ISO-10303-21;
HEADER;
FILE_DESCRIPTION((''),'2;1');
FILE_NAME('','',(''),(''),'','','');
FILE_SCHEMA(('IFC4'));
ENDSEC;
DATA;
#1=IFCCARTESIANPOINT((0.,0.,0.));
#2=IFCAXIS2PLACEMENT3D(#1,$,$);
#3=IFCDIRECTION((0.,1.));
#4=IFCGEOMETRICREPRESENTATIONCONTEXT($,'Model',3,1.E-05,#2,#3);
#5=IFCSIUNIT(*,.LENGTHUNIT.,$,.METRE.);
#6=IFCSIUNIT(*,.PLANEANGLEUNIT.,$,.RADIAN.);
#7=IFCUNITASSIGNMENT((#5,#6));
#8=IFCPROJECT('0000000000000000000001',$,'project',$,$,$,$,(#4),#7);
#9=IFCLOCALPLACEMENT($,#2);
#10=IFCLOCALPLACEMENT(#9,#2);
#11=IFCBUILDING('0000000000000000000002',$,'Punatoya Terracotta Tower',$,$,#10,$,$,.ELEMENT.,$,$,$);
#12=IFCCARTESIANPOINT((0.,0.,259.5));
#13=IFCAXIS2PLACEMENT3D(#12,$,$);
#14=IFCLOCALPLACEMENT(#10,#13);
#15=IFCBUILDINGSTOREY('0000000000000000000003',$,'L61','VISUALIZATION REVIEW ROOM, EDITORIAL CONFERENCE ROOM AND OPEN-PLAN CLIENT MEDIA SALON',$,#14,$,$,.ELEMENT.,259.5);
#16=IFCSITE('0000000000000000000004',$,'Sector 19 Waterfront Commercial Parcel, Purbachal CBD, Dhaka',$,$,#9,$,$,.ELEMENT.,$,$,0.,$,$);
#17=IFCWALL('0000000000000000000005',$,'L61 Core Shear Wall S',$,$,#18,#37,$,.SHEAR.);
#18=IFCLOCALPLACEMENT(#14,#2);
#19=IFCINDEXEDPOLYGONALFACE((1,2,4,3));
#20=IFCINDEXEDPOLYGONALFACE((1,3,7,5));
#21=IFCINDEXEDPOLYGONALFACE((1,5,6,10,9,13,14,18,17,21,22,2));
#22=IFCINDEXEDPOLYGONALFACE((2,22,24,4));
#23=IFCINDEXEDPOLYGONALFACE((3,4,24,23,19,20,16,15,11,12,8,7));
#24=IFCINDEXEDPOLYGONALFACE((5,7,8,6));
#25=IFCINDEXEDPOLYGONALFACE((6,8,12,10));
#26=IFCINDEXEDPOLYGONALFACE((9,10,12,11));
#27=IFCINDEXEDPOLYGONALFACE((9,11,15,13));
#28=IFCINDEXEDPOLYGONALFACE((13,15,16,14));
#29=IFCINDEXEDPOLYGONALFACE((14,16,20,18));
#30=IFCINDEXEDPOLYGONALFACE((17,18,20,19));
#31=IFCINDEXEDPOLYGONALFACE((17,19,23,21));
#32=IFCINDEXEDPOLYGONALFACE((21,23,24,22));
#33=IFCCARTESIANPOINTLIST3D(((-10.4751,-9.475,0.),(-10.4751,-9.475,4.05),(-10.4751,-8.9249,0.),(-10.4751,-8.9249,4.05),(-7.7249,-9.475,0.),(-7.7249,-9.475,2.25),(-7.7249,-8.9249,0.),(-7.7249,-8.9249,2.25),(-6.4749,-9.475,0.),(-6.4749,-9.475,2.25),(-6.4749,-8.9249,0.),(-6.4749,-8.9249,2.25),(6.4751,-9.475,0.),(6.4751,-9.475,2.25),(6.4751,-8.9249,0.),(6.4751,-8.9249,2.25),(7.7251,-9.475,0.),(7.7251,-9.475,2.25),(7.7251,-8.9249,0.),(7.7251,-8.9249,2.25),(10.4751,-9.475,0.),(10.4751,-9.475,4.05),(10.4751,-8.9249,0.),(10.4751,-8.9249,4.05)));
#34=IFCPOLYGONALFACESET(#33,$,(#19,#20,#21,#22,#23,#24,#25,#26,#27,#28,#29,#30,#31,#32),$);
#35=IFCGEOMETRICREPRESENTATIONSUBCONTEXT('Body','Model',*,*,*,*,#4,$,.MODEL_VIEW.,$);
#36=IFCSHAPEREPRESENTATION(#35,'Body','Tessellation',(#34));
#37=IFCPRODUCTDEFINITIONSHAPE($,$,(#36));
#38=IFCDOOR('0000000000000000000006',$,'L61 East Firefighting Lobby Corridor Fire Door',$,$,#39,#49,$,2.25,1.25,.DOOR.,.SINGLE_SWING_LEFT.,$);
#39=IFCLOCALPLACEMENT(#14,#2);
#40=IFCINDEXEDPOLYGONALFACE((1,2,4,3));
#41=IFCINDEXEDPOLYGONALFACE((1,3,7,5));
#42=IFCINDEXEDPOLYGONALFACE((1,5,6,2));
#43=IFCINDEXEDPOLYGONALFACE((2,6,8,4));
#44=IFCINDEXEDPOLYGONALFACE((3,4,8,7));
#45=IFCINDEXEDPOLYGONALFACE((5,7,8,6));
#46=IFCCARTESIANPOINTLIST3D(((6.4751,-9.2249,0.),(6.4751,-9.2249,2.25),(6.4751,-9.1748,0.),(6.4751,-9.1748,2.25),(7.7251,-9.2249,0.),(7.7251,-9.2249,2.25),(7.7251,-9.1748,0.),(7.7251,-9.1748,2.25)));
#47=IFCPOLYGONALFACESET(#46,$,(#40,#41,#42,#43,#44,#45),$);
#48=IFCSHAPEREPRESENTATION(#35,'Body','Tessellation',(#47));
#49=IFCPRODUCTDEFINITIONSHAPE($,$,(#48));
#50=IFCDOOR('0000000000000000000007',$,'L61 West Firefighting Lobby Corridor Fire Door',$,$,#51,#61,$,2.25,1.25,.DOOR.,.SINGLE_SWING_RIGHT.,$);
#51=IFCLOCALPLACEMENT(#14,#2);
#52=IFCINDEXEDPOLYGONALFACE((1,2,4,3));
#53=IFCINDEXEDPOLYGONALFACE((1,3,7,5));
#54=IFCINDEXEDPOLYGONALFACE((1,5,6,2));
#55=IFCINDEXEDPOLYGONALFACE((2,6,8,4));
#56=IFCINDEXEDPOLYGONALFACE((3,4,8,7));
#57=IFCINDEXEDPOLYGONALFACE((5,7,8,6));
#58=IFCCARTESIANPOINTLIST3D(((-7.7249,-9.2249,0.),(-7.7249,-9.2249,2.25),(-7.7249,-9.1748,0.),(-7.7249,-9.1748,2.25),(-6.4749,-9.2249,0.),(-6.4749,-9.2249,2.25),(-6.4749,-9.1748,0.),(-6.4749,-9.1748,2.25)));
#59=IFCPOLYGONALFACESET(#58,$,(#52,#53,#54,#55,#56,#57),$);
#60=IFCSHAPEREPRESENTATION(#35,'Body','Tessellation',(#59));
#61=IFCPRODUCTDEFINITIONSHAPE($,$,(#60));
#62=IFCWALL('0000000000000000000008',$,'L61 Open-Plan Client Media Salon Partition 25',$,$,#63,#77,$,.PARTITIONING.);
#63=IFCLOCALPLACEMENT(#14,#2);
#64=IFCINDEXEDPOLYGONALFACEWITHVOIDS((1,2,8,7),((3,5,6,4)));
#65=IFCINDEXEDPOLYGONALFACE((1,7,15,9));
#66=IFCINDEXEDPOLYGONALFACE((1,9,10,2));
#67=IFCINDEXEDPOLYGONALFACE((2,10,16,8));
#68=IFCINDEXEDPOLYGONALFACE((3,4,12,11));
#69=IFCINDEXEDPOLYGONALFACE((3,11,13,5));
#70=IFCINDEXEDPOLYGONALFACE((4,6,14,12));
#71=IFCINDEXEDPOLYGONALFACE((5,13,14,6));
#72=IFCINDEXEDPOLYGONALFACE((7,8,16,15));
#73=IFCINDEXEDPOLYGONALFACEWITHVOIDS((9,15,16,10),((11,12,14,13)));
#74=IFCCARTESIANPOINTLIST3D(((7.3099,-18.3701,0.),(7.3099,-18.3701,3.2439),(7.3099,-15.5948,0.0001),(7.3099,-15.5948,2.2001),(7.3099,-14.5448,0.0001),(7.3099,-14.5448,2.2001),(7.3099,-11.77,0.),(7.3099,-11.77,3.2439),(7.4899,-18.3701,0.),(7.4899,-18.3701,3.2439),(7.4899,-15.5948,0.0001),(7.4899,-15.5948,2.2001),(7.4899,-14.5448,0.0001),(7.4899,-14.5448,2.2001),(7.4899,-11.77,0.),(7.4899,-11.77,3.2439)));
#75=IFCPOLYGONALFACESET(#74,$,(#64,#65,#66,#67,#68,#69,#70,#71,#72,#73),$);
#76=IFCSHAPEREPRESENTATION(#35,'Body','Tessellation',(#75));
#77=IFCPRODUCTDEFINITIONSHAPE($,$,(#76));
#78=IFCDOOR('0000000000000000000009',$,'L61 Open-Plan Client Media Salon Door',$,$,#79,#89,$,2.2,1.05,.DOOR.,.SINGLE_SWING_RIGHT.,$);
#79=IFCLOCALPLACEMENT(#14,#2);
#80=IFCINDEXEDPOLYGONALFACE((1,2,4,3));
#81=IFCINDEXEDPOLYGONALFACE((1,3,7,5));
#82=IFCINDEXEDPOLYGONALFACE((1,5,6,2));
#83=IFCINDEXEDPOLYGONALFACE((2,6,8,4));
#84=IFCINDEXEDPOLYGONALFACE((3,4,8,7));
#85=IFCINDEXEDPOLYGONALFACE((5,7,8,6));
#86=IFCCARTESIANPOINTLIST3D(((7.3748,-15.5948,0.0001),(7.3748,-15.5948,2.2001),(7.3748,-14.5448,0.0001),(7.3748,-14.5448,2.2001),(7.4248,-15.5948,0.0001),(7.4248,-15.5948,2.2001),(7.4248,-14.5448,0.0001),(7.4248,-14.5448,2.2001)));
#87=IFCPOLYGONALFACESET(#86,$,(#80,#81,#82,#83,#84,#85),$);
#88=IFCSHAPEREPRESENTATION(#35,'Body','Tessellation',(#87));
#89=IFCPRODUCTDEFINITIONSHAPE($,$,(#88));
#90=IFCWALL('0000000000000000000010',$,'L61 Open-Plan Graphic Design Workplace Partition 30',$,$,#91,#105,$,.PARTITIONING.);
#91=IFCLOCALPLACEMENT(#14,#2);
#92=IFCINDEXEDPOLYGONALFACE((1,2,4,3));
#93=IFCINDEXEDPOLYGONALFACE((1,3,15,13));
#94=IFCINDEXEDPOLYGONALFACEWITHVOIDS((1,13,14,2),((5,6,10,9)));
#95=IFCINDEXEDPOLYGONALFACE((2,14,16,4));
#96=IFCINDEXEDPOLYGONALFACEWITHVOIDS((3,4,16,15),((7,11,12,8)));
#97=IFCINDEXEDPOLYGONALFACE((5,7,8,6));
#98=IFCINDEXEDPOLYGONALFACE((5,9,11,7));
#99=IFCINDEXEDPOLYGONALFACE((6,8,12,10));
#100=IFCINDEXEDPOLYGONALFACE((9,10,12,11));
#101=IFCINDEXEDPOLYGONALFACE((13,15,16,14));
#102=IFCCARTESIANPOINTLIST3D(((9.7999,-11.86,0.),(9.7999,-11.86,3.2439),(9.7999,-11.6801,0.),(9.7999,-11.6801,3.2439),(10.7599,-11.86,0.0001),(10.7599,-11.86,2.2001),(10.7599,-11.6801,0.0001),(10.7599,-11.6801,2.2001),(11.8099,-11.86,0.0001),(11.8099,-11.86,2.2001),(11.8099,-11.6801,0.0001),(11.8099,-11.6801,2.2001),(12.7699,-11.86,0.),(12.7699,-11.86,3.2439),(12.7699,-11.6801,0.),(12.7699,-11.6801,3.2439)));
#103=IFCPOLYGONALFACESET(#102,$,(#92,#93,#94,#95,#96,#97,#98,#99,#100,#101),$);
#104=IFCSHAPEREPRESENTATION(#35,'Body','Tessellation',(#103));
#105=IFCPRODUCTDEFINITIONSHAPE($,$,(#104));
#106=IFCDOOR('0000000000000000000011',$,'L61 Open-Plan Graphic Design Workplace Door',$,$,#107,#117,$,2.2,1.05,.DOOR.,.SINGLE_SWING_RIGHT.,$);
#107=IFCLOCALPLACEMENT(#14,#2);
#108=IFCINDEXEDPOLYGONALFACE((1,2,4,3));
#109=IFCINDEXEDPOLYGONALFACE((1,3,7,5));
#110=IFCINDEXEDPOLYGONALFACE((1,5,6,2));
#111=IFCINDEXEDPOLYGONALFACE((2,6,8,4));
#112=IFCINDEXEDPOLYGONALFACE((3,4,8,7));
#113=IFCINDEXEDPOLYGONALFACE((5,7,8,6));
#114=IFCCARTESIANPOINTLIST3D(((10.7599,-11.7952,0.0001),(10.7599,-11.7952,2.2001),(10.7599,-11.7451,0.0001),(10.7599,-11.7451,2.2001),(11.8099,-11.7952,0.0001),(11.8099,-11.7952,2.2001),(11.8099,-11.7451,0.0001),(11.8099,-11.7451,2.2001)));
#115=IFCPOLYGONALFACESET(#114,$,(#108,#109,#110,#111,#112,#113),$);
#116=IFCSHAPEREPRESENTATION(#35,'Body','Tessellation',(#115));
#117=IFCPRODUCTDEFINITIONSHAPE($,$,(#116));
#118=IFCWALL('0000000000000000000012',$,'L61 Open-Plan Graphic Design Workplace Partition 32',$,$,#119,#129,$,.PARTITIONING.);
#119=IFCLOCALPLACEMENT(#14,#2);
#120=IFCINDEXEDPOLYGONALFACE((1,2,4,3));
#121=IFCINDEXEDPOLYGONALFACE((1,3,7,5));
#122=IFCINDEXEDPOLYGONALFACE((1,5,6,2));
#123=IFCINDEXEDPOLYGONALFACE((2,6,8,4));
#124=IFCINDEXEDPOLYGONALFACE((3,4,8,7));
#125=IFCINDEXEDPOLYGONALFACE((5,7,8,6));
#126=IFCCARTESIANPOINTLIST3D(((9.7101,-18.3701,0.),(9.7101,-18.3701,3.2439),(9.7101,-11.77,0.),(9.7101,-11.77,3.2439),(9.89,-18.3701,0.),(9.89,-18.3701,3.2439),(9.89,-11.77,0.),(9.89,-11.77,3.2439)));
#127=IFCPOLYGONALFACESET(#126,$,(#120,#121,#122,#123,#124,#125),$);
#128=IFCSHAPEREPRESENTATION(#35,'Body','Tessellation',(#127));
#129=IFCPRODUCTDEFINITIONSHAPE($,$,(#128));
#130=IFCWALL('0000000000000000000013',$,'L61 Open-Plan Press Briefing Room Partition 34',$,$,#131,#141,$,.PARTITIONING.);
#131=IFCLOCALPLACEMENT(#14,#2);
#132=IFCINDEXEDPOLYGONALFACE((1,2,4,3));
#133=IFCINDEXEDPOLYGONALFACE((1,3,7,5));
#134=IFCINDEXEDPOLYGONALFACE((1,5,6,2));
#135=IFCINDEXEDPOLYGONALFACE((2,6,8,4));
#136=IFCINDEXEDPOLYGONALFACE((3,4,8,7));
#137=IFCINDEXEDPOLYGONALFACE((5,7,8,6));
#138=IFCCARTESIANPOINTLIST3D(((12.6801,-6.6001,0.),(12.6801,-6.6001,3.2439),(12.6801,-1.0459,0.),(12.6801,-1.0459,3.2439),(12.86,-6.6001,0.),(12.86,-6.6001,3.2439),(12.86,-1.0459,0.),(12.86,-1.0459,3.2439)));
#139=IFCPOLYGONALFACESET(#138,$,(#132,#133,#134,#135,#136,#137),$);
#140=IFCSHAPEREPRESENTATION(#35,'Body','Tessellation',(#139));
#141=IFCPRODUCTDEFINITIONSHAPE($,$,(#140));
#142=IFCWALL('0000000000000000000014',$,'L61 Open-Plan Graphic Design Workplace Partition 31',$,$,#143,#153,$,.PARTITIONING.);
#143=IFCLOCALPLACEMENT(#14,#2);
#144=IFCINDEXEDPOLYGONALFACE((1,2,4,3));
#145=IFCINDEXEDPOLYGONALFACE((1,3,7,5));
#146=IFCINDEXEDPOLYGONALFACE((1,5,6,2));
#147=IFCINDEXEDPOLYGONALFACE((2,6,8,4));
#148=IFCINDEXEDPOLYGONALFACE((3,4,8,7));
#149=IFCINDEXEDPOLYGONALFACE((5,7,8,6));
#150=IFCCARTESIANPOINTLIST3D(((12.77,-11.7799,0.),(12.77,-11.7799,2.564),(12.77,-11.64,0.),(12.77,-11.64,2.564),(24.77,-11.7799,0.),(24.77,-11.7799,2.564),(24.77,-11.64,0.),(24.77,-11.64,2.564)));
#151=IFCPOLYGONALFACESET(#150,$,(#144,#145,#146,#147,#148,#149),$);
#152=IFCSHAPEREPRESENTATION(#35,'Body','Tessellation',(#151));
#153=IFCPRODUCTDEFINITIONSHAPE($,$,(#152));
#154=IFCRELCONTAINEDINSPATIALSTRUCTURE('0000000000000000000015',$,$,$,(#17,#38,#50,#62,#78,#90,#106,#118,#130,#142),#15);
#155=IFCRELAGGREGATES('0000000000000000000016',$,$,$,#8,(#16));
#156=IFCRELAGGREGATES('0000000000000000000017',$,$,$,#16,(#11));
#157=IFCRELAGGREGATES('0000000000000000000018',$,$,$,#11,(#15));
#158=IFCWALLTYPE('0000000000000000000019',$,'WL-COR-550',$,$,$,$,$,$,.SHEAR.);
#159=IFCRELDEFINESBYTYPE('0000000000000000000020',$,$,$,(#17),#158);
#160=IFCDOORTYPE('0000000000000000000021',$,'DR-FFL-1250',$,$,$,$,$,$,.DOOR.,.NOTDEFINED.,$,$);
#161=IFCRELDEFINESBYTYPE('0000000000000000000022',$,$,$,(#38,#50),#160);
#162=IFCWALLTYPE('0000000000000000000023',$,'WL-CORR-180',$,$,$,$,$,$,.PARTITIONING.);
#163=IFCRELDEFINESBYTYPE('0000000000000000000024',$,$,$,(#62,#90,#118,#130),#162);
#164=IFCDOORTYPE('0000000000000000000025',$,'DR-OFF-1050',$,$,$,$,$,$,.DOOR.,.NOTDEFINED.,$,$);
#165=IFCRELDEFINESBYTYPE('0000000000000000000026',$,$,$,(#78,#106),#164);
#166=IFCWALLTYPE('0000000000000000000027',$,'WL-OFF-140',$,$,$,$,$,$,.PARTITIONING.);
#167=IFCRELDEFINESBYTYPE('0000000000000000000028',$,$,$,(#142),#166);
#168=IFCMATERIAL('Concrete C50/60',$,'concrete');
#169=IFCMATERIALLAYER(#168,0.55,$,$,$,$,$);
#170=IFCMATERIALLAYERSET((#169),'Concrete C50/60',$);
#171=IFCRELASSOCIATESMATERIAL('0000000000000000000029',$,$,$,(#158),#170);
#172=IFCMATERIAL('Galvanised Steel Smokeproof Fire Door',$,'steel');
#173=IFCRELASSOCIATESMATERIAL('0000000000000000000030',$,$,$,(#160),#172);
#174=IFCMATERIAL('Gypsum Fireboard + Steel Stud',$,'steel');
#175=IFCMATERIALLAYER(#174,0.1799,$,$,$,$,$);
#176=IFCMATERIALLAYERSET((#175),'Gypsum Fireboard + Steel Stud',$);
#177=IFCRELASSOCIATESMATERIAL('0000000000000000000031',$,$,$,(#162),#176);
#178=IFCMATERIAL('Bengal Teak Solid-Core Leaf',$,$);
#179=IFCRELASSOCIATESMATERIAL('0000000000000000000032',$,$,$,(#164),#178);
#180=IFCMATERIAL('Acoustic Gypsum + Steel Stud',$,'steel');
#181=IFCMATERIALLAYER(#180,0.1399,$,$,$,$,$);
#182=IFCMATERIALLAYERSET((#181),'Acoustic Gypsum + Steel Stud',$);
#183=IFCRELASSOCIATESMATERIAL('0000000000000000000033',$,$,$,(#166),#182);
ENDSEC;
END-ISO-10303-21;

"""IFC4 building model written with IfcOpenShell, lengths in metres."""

from ifc_helpers import new_model, si_unit, direction, frame, frame_2d, origin, place, context, subcontext, project, spatial, rectangle, extrude, material, layer, layer_set, type_object, element, fill, save


model = new_model("IFC4")

# Units and contexts
model_context = context("Model", 3, precision=1e-05, world=origin(), true_north=direction((0.0, 1.0)))
body_context = subcontext(model_context, "Body", "Model", "MODEL_VIEW")
ifc_project = project(units=[si_unit("LENGTHUNIT", "METRE"), si_unit("PLANEANGLEUNIT", "RADIAN")], contexts=[model_context])

# Site, building, storey
site_placement = place(None, origin())
site = spatial("IfcSite", under=ifc_project, at=site_placement, Name="Sector 19 Waterfront Commercial Parcel, Purbachal CBD, Dhaka", CompositionType="ELEMENT", RefElevation=0.0)
building_placement = place(site_placement, origin())
building = spatial("IfcBuilding", under=site, at=building_placement, Name="Punatoya Terracotta Tower", CompositionType="ELEMENT")
storey_placement = place(building_placement, frame((0.0, 0.0, 259.5)))
storey = spatial("IfcBuildingStorey", under=building, at=storey_placement, Name="L61", Description="VISUALIZATION REVIEW ROOM, EDITORIAL CONFERENCE ROOM AND OPEN-PLAN CLIENT MEDIA SALON", CompositionType="ELEMENT", Elevation=259.5)

# Wall, openings, doors
ifc_material_1 = material(Name="Concrete C50/60", Category="concrete")
ifc_layer_1 = layer(ifc_material_1, 0.55)
ifc_layer_set_1 = layer_set([ifc_layer_1], Name="Concrete C50/60")
wall_type_1 = type_object("IfcWallType", Name="WL-COR-550", PredefinedType="SHEAR", material=ifc_layer_set_1)
wall_1_placement = place(storey_placement, frame((10.4751, -9.2, 0.0), z_axis=(0.0, 0.0, 1.0), x_axis=(-1.0, 0.0, 0.0)))
wall_1 = element("IfcWall", 1, at=wall_1_placement, inside=storey, type_object=wall_type_1, Name="L61 Core Shear Wall S", PredefinedType="SHEAR", context=body_context, shape_type="SweptSolid", body=[
    extrude(rectangle(XDim=20.9502, YDim=0.55, at=frame_2d((10.4751, 0.0))), origin(), (0.0, 0.0, 1.0), 4.05),
])
opening_1_placement = place(wall_1_placement, frame((2.75, 0.0, 0.0)))
opening_1 = element("IfcOpeningElement", 2, at=opening_1_placement, cuts=wall_1, PredefinedType="OPENING", context=body_context, shape_type="SweptSolid", body=[
    extrude(rectangle(XDim=1.25, YDim=2.25, at=frame_2d((0.625, 1.125))), frame((0.0, 0.2849, 0.0), z_axis=(0.0, -1.0, 0.0), x_axis=(1.0, 0.0, 0.0)), (0.0, 0.0, 1.0), 0.5701),
])
opening_2_placement = place(wall_1_placement, frame((16.95, 0.0, 0.0)))
opening_2 = element("IfcOpeningElement", 3, at=opening_2_placement, cuts=wall_1, PredefinedType="OPENING", context=body_context, shape_type="SweptSolid", body=[
    extrude(rectangle(XDim=1.25, YDim=2.25, at=frame_2d((0.625, 1.125))), frame((0.0, 0.2849, 0.0), z_axis=(0.0, -1.0, 0.0), x_axis=(1.0, 0.0, 0.0)), (0.0, 0.0, 1.0), 0.5701),
])
ifc_material_2 = material(Name="Galvanised Steel Smokeproof Fire Door", Category="steel")
door_type_1 = type_object("IfcDoorType", Name="DR-FFL-1250", OperationType="NOTDEFINED", PredefinedType="DOOR", material=ifc_material_2)
door_1_placement = place(opening_1_placement, origin())
door_1 = element("IfcDoor", 4, at=door_1_placement, inside=storey, type_object=door_type_1, Name="L61 East Firefighting Lobby Corridor Fire Door", OperationType="SINGLE_SWING_LEFT", OverallHeight=2.25, OverallWidth=1.25, PredefinedType="DOOR", context=body_context, shape_type="SweptSolid", body=[
    extrude(rectangle(XDim=1.25, YDim=2.25, at=frame_2d((0.625, 1.125))), frame((0.0, 0.0249, 0.0), z_axis=(0.0, -1.0, 0.0), x_axis=(1.0, 0.0, 0.0)), (0.0, 0.0, 1.0), 0.05),
])
fill(opening_1, door_1)
door_2_placement = place(opening_2_placement, origin())
door_2 = element("IfcDoor", 5, at=door_2_placement, inside=storey, type_object=door_type_1, Name="L61 West Firefighting Lobby Corridor Fire Door", OperationType="SINGLE_SWING_RIGHT", OverallHeight=2.25, OverallWidth=1.25, PredefinedType="DOOR", context=body_context, shape_type="SweptSolid", body=[
    extrude(rectangle(XDim=1.25, YDim=2.25, at=frame_2d((0.625, 1.125))), frame((0.0, 0.0249, 0.0), z_axis=(0.0, -1.0, 0.0), x_axis=(1.0, 0.0, 0.0)), (0.0, 0.0, 1.0), 0.05),
])
fill(opening_2, door_2)

# Walls, openings, doors
ifc_material_3 = material(Name="Gypsum Fireboard + Steel Stud", Category="steel")
ifc_layer_2 = layer(ifc_material_3, 0.1799)
ifc_layer_set_2 = layer_set([ifc_layer_2], Name="Gypsum Fireboard + Steel Stud")
wall_type_2 = type_object("IfcWallType", Name="WL-CORR-180", PredefinedType="PARTITIONING", material=ifc_layer_set_2)
wall_2_placement = place(storey_placement, frame((7.3999, -11.77, 0.0), z_axis=(0.0, 0.0, 1.0), x_axis=(0.0, -1.0, 0.0)))
wall_2 = element("IfcWall", 6, at=wall_2_placement, inside=storey, type_object=wall_type_2, Name="L61 Open-Plan Client Media Salon Partition 25", PredefinedType="PARTITIONING", context=body_context, shape_type="SweptSolid", body=[
    extrude(rectangle(XDim=6.6001, YDim=0.1799, at=frame_2d((3.3, 0.0))), origin(), (0.0, 0.0, 1.0), 3.2439),
])
opening_3_placement = place(wall_2_placement, frame((2.7749, 0.0, 0.0)))
opening_3 = element("IfcOpeningElement", 7, at=opening_3_placement, cuts=wall_2, PredefinedType="OPENING", context=body_context, shape_type="SweptSolid", body=[
    extrude(rectangle(XDim=1.05, YDim=2.2, at=frame_2d((0.5249, 1.1001))), frame((0.0, 0.0999, 0.0), z_axis=(0.0, -1.0, 0.0), x_axis=(1.0, 0.0, 0.0)), (0.0, 0.0, 1.0), 0.2),
])
ifc_material_4 = material(Name="Bengal Teak Solid-Core Leaf")
door_type_2 = type_object("IfcDoorType", Name="DR-OFF-1050", OperationType="NOTDEFINED", PredefinedType="DOOR", material=ifc_material_4)
door_3_placement = place(opening_3_placement, origin())
door_3 = element("IfcDoor", 8, at=door_3_placement, inside=storey, type_object=door_type_2, Name="L61 Open-Plan Client Media Salon Door", OperationType="SINGLE_SWING_RIGHT", OverallHeight=2.2, OverallWidth=1.05, PredefinedType="DOOR", context=body_context, shape_type="SweptSolid", body=[
    extrude(rectangle(XDim=1.05, YDim=2.2, at=frame_2d((0.5249, 1.1001))), frame((0.0, 0.0249, 0.0), z_axis=(0.0, -1.0, 0.0), x_axis=(1.0, 0.0, 0.0)), (0.0, 0.0, 1.0), 0.05),
])
fill(opening_3, door_3)
wall_3_placement = place(storey_placement, frame((9.8, -11.77, 0.0), z_axis=(0.0, 0.0, 1.0), x_axis=(1.0, 0.0, 0.0)))
wall_3 = element("IfcWall", 9, at=wall_3_placement, inside=storey, type_object=wall_type_2, Name="L61 Open-Plan Graphic Design Workplace Partition 30", PredefinedType="PARTITIONING", context=body_context, shape_type="SweptSolid", body=[
    extrude(rectangle(XDim=2.97, YDim=0.1799, at=frame_2d((1.4849, 0.0))), origin(), (0.0, 0.0, 1.0), 3.2439),
])
opening_4_placement = place(wall_3_placement, frame((0.96, 0.0, 0.0)))
opening_4 = element("IfcOpeningElement", 10, at=opening_4_placement, cuts=wall_3, PredefinedType="OPENING", context=body_context, shape_type="SweptSolid", body=[
    extrude(rectangle(XDim=1.05, YDim=2.2, at=frame_2d((0.5249, 1.1001))), frame((0.0, 0.0999, 0.0), z_axis=(0.0, -1.0, 0.0), x_axis=(1.0, 0.0, 0.0)), (0.0, 0.0, 1.0), 0.2),
])
door_4_placement = place(opening_4_placement, origin())
door_4 = element("IfcDoor", 11, at=door_4_placement, inside=storey, type_object=door_type_2, Name="L61 Open-Plan Graphic Design Workplace Door", OperationType="SINGLE_SWING_RIGHT", OverallHeight=2.2, OverallWidth=1.05, PredefinedType="DOOR", context=body_context, shape_type="SweptSolid", body=[
    extrude(rectangle(XDim=1.05, YDim=2.2, at=frame_2d((0.5249, 1.1001))), frame((0.0, 0.0249, 0.0), z_axis=(0.0, -1.0, 0.0), x_axis=(1.0, 0.0, 0.0)), (0.0, 0.0, 1.0), 0.05),
])
fill(opening_4, door_4)

# Walls
wall_4_placement = place(storey_placement, frame((9.8, -18.3701, 0.0), z_axis=(0.0, 0.0, 1.0), x_axis=(0.0, 1.0, 0.0)))
element("IfcWall", 12, at=wall_4_placement, inside=storey, type_object=wall_type_2, Name="L61 Open-Plan Graphic Design Workplace Partition 32", PredefinedType="PARTITIONING", context=body_context, shape_type="SweptSolid", body=[
    extrude(rectangle(XDim=6.6001, YDim=0.1799, at=frame_2d((3.3, 0.0))), origin(), (0.0, 0.0, 1.0), 3.2439),
])
wall_5_placement = place(storey_placement, frame((12.77, -6.6001, 0.0), z_axis=(0.0, 0.0, 1.0), x_axis=(0.0, 1.0, 0.0)))
element("IfcWall", 13, at=wall_5_placement, inside=storey, type_object=wall_type_2, Name="L61 Open-Plan Press Briefing Room Partition 34", PredefinedType="PARTITIONING", context=body_context, shape_type="SweptSolid", body=[
    extrude(rectangle(XDim=5.5542, YDim=0.1799, at=frame_2d((2.7771, 0.0))), origin(), (0.0, 0.0, 1.0), 3.2439),
])
ifc_material_5 = material(Name="Acoustic Gypsum + Steel Stud", Category="steel")
ifc_layer_3 = layer(ifc_material_5, 0.1399)
ifc_layer_set_3 = layer_set([ifc_layer_3], Name="Acoustic Gypsum + Steel Stud")
wall_type_3 = type_object("IfcWallType", Name="WL-OFF-140", PredefinedType="PARTITIONING", material=ifc_layer_set_3)
wall_6_placement = place(storey_placement, frame((12.77, -11.71, 0.0), z_axis=(0.0, 0.0, 1.0), x_axis=(1.0, 0.0, 0.0)))
element("IfcWall", 14, at=wall_6_placement, inside=storey, type_object=wall_type_3, Name="L61 Open-Plan Graphic Design Workplace Partition 31", PredefinedType="PARTITIONING", context=body_context, shape_type="SweptSolid", body=[
    extrude(rectangle(XDim=12.0, YDim=0.1399, at=frame_2d((6.0, 0.0))), origin(), (0.0, 0.0, 1.0), 2.564),
])

save(model, "model.ifc")
